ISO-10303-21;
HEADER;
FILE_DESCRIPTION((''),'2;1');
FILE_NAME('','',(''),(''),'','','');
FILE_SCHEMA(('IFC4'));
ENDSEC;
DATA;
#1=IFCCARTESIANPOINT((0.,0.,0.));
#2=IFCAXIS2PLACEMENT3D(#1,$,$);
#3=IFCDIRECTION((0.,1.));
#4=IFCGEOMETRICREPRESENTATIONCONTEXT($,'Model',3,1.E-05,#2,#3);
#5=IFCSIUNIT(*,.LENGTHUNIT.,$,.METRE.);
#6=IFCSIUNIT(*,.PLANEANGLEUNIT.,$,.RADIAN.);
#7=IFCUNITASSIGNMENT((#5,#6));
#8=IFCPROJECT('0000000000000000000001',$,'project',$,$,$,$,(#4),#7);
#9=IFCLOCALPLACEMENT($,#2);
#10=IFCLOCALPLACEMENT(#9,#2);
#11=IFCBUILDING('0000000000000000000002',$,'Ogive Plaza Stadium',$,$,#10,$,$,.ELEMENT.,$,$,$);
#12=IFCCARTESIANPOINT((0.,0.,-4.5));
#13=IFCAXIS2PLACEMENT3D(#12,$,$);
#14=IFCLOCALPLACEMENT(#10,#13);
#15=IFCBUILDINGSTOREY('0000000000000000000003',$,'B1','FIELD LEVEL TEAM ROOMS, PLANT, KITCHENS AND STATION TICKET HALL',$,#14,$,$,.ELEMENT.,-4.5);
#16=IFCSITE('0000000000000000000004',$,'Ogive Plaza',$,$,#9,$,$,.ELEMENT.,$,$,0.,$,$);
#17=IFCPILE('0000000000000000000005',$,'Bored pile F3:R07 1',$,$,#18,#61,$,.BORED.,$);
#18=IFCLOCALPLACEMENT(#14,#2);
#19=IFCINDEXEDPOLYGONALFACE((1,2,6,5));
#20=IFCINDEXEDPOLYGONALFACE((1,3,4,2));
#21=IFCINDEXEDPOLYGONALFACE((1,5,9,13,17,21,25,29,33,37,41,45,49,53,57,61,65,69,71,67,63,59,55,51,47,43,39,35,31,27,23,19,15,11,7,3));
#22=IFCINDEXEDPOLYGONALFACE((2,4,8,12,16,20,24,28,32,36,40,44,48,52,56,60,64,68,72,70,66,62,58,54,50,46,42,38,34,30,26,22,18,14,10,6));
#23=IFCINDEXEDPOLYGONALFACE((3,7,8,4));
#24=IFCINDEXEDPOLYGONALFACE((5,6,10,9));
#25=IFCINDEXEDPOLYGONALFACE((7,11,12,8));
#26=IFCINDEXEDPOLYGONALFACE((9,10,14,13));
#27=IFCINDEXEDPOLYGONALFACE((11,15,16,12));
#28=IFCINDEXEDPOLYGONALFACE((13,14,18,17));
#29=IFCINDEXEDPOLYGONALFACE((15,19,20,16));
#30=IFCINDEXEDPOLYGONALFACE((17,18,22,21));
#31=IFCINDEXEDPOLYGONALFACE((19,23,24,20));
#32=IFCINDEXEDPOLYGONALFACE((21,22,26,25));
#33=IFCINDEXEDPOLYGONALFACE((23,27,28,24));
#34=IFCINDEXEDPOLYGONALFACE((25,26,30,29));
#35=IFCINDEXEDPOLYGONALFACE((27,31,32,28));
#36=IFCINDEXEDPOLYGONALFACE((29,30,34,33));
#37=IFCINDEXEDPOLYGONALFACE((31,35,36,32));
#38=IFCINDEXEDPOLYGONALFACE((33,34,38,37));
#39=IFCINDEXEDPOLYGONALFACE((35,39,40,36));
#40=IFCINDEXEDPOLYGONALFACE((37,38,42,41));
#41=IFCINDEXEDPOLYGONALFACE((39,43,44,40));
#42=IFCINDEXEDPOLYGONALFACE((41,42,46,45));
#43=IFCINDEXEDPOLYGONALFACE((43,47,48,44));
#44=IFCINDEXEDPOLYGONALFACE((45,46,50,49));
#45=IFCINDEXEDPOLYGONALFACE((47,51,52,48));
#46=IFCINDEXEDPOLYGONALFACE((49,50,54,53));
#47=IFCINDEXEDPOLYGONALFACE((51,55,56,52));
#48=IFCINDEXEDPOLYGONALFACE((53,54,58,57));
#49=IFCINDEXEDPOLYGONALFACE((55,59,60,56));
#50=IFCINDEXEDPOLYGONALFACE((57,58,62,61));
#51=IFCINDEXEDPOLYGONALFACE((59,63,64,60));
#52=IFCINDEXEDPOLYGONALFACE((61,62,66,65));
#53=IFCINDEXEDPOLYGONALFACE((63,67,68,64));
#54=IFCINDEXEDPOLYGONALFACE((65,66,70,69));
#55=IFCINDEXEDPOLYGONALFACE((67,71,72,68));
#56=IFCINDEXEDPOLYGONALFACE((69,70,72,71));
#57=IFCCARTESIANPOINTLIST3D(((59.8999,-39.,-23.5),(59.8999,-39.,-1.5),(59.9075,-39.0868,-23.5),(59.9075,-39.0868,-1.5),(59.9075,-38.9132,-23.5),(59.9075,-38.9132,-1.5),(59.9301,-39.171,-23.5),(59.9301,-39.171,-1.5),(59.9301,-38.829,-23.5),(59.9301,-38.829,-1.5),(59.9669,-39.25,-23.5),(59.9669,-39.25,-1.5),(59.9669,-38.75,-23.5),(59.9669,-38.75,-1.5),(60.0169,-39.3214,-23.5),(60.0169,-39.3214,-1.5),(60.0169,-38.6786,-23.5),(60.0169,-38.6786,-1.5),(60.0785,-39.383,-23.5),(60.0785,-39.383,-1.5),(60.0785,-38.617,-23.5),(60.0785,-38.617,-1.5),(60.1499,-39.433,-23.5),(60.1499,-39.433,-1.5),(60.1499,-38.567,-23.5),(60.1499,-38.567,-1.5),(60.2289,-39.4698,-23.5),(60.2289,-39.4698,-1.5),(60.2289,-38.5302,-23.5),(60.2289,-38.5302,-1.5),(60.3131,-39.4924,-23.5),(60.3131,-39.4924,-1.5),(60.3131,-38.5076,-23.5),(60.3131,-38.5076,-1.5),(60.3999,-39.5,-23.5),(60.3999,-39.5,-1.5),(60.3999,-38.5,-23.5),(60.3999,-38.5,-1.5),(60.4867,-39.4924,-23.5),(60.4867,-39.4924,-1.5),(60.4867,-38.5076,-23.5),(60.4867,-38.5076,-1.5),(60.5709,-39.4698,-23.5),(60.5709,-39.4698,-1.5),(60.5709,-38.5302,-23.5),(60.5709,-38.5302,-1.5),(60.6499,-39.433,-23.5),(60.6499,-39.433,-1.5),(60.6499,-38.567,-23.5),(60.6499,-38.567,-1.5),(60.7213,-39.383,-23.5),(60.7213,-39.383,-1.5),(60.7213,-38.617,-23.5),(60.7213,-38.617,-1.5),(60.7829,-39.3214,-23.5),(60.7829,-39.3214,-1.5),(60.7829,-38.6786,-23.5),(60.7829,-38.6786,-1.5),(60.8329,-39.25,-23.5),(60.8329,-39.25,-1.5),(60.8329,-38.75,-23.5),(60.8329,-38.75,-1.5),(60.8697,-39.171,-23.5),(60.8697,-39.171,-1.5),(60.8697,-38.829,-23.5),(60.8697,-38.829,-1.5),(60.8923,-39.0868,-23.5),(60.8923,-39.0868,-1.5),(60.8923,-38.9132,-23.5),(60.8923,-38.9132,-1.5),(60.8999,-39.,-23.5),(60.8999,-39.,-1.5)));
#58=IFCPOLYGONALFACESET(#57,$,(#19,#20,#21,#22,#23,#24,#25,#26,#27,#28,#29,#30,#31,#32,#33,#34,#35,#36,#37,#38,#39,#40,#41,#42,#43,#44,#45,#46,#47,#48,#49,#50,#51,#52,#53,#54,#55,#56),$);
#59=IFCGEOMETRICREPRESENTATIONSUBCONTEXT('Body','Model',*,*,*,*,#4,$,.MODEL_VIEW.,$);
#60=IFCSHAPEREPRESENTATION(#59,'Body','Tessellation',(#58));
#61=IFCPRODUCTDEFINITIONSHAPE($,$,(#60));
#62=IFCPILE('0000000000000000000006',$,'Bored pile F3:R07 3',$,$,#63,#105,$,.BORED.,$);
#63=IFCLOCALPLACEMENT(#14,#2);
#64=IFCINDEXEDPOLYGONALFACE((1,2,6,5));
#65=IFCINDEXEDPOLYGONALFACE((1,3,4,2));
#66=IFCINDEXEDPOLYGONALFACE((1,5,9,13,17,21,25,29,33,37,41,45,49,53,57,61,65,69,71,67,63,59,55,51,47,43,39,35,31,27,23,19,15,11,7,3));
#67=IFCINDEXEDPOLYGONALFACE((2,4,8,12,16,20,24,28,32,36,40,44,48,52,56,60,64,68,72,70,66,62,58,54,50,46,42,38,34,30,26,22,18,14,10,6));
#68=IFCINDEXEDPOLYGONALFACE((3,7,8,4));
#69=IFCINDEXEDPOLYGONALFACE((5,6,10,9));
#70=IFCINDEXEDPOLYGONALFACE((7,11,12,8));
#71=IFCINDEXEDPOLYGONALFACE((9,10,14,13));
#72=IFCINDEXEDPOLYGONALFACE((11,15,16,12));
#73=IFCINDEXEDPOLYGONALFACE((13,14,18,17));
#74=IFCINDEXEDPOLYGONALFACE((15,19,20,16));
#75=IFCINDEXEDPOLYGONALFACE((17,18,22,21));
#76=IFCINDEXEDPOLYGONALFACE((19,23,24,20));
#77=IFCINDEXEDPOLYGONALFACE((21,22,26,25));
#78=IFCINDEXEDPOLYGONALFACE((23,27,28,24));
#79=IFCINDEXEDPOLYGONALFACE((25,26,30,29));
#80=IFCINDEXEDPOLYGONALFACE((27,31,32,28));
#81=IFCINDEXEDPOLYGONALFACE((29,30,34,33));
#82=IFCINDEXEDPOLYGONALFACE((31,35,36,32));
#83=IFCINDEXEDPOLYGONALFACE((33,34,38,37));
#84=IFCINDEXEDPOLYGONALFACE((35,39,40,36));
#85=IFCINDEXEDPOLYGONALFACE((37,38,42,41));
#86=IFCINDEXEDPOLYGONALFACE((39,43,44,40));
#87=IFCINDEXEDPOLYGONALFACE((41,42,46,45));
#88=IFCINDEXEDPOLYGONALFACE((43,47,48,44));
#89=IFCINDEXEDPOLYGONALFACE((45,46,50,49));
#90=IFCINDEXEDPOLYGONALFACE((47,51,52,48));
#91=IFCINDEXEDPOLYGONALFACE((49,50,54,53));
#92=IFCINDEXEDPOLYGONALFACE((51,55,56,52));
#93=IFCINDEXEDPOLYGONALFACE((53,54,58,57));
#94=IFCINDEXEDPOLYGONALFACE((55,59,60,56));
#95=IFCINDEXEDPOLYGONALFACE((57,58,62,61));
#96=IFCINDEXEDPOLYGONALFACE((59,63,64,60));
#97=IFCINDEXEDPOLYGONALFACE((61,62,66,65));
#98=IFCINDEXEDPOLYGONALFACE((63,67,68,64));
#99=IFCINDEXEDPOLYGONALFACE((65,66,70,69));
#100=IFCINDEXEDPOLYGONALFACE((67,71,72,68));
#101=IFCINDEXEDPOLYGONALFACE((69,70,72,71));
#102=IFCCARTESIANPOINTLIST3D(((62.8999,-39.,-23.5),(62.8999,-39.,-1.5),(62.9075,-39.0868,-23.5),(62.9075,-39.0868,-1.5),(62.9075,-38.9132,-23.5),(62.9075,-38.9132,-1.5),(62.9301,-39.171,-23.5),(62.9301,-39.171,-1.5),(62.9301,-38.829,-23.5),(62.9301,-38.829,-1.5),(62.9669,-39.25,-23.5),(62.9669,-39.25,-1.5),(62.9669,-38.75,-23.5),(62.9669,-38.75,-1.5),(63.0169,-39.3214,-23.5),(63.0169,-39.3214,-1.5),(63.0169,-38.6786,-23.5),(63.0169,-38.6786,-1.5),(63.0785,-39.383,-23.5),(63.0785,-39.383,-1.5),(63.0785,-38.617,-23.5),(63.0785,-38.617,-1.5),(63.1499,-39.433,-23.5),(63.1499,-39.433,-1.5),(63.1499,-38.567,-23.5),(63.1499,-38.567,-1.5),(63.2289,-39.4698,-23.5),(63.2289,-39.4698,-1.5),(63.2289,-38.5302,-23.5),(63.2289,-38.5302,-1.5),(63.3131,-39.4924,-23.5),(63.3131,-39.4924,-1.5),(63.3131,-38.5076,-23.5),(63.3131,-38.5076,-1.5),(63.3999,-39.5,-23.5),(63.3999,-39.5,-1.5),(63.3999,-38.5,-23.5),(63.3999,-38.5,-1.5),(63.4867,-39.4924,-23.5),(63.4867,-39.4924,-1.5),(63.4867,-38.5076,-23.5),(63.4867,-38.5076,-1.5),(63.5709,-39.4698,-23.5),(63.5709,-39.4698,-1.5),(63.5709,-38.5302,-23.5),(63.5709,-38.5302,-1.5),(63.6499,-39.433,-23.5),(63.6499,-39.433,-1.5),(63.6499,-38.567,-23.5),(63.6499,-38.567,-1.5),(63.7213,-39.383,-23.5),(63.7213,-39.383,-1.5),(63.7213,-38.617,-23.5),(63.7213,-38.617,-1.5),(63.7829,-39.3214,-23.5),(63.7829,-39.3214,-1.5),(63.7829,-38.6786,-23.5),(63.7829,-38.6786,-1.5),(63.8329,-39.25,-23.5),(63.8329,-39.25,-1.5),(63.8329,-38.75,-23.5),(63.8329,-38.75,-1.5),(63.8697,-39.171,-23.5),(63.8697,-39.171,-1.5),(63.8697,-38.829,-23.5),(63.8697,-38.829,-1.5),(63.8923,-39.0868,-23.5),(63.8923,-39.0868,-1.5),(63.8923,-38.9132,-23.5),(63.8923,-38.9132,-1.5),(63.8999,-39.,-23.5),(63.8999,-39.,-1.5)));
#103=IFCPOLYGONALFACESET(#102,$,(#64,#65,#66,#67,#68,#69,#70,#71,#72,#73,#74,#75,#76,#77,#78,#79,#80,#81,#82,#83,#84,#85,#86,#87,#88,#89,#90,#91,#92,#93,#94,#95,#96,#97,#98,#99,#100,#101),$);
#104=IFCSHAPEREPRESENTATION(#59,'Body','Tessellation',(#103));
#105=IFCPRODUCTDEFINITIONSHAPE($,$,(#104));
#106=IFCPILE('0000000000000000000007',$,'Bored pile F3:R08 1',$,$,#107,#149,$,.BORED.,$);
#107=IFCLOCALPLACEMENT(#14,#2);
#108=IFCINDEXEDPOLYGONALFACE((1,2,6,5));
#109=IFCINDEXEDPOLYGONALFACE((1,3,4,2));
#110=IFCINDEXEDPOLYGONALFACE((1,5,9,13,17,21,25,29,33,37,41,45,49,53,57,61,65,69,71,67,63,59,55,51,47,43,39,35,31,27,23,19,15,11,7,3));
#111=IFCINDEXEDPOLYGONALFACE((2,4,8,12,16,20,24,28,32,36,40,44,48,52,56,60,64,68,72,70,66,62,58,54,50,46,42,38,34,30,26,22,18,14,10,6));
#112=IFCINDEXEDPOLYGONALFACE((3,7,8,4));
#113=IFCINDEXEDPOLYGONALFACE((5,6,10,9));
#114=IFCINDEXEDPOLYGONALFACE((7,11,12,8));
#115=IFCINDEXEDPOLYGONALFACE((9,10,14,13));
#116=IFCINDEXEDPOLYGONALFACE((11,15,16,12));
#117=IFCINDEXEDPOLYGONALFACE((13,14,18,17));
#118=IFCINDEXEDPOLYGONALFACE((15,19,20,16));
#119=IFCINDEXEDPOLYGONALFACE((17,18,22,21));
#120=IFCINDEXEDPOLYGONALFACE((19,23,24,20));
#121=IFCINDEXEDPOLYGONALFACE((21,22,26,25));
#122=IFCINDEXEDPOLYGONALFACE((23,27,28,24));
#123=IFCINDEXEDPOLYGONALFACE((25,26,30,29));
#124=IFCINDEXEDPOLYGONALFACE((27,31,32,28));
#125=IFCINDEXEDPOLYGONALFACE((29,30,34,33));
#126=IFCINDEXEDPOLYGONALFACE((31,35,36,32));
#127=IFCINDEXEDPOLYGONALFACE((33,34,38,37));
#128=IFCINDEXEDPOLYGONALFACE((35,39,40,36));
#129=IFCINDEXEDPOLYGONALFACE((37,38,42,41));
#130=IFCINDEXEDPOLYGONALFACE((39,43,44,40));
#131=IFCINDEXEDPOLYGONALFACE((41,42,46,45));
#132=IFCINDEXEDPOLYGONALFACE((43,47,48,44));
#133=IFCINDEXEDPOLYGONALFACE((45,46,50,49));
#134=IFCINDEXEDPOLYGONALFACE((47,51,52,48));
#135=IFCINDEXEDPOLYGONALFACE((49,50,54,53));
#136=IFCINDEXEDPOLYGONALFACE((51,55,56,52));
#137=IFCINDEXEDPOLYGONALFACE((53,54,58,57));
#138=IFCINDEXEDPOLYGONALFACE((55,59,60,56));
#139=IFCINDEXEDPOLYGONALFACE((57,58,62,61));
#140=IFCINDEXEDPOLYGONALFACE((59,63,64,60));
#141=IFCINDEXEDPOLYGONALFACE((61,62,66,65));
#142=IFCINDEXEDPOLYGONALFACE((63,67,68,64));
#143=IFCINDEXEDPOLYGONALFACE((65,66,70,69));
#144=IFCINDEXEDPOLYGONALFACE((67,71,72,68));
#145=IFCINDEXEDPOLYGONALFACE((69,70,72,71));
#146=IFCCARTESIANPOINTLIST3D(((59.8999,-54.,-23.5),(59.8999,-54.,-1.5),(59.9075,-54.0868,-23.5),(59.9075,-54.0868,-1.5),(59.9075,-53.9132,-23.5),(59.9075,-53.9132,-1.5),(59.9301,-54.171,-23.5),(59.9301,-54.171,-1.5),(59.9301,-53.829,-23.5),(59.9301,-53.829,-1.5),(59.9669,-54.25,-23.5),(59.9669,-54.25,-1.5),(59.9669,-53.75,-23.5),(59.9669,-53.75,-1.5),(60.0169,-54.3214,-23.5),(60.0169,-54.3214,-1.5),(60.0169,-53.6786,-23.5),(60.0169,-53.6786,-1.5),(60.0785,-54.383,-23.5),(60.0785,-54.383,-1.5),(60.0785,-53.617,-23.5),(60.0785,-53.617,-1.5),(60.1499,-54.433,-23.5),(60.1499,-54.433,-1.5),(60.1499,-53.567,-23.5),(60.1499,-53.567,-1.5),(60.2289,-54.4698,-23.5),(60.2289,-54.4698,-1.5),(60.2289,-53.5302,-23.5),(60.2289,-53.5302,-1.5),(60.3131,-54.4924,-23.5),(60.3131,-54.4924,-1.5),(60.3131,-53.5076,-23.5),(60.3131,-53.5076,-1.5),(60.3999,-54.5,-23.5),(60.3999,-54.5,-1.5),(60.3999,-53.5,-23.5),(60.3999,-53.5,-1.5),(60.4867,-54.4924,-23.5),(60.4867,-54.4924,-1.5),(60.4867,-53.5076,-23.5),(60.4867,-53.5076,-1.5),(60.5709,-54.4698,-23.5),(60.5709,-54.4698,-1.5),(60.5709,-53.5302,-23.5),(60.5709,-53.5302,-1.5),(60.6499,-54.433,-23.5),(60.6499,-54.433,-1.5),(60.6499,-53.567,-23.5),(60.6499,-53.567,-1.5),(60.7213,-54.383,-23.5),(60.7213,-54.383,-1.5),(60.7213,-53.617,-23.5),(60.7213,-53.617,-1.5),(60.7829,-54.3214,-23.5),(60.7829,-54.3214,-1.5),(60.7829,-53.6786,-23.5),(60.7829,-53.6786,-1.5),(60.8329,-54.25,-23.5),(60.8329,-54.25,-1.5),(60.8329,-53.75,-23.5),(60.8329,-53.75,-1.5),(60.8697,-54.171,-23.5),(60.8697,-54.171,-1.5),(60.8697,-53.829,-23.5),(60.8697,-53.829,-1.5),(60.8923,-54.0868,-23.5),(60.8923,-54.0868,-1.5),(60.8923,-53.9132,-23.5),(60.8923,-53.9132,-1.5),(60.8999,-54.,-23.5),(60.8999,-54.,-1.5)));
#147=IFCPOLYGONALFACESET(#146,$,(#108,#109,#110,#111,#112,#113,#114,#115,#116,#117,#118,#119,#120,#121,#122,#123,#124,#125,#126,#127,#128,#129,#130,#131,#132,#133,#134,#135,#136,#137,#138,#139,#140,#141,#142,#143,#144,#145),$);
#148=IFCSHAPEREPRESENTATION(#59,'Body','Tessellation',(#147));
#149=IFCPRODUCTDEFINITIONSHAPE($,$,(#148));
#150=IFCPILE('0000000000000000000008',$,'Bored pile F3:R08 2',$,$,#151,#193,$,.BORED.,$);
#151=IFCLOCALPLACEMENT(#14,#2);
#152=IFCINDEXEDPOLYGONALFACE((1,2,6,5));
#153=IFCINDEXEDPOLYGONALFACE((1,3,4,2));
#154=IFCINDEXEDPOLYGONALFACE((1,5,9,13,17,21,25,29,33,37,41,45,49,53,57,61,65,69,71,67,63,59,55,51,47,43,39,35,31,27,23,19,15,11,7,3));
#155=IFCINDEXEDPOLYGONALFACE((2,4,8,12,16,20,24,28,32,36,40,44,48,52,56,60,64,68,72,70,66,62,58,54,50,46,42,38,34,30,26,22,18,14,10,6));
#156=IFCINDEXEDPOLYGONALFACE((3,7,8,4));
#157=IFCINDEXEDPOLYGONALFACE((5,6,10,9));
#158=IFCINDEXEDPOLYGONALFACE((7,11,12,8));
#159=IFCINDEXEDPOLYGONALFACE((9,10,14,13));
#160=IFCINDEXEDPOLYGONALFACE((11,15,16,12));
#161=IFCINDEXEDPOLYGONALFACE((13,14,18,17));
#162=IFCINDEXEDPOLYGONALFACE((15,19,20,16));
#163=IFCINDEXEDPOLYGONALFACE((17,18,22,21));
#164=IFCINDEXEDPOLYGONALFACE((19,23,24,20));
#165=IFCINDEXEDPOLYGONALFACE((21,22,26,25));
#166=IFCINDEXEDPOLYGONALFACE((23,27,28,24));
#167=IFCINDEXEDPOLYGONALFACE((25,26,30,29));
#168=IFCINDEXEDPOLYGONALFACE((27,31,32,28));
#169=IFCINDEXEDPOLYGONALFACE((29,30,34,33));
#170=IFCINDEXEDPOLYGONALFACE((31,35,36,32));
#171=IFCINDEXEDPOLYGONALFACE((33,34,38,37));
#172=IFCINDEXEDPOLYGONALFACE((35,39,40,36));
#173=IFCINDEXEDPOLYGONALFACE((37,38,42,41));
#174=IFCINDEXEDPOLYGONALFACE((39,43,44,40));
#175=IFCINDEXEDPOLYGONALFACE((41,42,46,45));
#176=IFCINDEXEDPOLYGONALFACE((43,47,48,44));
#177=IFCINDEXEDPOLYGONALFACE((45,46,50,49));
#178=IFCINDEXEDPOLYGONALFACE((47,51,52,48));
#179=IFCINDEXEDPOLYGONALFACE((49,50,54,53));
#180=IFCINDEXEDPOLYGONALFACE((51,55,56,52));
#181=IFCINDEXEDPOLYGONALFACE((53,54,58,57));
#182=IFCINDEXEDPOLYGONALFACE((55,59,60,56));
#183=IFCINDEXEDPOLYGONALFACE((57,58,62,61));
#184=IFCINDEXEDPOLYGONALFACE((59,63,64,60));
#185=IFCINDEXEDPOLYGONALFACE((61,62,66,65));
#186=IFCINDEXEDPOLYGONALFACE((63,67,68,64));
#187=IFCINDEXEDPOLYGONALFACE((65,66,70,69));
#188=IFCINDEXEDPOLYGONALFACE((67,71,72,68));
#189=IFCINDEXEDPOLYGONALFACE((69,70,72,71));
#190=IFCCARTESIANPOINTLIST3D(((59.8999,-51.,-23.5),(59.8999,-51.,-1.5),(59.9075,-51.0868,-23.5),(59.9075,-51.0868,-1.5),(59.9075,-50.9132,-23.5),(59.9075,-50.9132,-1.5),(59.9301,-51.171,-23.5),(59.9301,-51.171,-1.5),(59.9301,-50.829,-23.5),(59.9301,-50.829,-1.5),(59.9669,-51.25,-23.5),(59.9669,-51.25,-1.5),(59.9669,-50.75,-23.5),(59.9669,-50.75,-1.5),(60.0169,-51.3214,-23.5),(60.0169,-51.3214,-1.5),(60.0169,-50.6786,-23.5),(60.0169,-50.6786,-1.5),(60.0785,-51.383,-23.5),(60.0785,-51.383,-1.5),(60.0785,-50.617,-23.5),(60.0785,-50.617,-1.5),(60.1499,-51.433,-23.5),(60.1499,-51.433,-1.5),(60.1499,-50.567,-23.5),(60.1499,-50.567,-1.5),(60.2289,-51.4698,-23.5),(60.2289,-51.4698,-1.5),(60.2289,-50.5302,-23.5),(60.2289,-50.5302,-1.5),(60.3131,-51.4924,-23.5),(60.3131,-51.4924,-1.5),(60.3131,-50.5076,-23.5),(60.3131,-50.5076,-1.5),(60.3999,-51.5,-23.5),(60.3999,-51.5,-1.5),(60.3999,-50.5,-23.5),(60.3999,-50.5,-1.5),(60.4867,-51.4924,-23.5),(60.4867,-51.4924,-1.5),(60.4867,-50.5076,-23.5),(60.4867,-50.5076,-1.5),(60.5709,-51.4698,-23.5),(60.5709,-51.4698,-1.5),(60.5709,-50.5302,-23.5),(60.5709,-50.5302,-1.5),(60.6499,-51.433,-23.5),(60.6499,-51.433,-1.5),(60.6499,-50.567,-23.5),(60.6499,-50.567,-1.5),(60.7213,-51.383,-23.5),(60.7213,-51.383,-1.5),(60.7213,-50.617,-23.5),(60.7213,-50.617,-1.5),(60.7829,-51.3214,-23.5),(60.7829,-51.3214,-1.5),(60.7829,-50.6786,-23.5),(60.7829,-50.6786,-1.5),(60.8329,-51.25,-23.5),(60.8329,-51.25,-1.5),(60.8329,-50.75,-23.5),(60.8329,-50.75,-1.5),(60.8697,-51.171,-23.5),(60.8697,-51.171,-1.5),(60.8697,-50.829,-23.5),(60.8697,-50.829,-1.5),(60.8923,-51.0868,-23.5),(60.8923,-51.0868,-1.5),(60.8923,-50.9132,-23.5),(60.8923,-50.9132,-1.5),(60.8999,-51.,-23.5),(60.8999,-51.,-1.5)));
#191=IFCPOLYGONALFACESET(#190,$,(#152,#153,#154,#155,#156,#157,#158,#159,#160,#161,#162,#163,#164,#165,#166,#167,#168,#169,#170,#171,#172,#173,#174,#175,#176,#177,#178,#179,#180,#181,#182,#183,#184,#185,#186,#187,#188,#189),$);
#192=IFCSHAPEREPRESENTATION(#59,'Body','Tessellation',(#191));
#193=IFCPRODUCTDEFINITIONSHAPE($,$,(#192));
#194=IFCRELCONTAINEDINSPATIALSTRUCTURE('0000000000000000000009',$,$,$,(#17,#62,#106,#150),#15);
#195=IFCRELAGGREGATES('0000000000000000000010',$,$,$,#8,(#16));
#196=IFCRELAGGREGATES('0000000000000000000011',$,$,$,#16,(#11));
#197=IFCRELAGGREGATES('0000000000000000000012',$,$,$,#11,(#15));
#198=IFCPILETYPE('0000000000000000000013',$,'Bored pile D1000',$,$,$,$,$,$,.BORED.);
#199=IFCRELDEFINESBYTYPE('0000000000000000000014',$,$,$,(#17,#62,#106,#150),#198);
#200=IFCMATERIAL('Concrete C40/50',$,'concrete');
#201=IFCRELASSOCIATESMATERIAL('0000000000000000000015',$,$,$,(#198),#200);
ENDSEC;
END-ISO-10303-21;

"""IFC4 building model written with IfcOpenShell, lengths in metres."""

from ifc_helpers import new_model, si_unit, direction, frame, origin, origin_2d, place, context, subcontext, project, spatial, circle, extrude, material, material_profile, profile_set, type_object, element, save


model = new_model("IFC4")

# Units and contexts
model_context = context("Model", 3, precision=1e-05, world=origin(), true_north=direction((0.0, 1.0)))
body_context = subcontext(model_context, "Body", "Model", "MODEL_VIEW")
ifc_project = project(units=[si_unit("LENGTHUNIT", "METRE"), si_unit("PLANEANGLEUNIT", "RADIAN")], contexts=[model_context])

# Site, building, storey
site_placement = place(None, origin())
site = spatial("IfcSite", under=ifc_project, at=site_placement, Name="Ogive Plaza", CompositionType="ELEMENT", RefElevation=0.0)
building_placement = place(site_placement, origin())
building = spatial("IfcBuilding", under=site, at=building_placement, Name="Ogive Plaza Stadium", CompositionType="ELEMENT")
storey_placement = place(building_placement, frame((0.0, 0.0, -4.5)))
storey = spatial("IfcBuildingStorey", under=building, at=storey_placement, Name="B1", Description="FIELD LEVEL TEAM ROOMS, PLANT, KITCHENS AND STATION TICKET HALL", CompositionType="ELEMENT", Elevation=-4.5)

# Piles
ifc_material_1 = material(Name="Concrete C40/50", Category="concrete")
ifc_material_profile_1 = material_profile(ifc_material_1, circle(Radius=0.5, at=origin_2d()), Name="RC D1000")
ifc_profile_set_1 = profile_set([ifc_material_profile_1], Name="Concrete C40/50")
pile_type_1 = type_object("IfcPileType", Name="Bored pile D1000", PredefinedType="BORED", material=ifc_profile_set_1)
for number, where, z_axis, x_axis, name in (
    (1, (60.3999, -39.0, -1.5), (0.0, 0.0, -1.0), (1.0, 0.0, 0.0), "Bored pile F3:R07 1"),
    (2, (63.3999, -39.0, -1.5), (0.0, 0.0, -1.0), (1.0, 0.0, 0.0), "Bored pile F3:R07 3"),
    (3, (60.3999, -54.0, -1.5), (0.0, 0.0, -1.0), (1.0, 0.0, 0.0), "Bored pile F3:R08 1"),
    (4, (60.3999, -51.0, -1.5), (0.0, 0.0, -1.0), (1.0, 0.0, 0.0), "Bored pile F3:R08 2"),
):
    element("IfcPile", number, at=place(storey_placement, frame(where, z_axis=z_axis, x_axis=x_axis)), inside=storey, type_object=pile_type_1, Name=name, PredefinedType="BORED", context=body_context, shape_type="SweptSolid", body=[
        extrude(circle(Radius=0.5, at=origin_2d()), origin(), (0.0, 0.0, 1.0), 22.0),
    ])

save(model, "model.ifc")
